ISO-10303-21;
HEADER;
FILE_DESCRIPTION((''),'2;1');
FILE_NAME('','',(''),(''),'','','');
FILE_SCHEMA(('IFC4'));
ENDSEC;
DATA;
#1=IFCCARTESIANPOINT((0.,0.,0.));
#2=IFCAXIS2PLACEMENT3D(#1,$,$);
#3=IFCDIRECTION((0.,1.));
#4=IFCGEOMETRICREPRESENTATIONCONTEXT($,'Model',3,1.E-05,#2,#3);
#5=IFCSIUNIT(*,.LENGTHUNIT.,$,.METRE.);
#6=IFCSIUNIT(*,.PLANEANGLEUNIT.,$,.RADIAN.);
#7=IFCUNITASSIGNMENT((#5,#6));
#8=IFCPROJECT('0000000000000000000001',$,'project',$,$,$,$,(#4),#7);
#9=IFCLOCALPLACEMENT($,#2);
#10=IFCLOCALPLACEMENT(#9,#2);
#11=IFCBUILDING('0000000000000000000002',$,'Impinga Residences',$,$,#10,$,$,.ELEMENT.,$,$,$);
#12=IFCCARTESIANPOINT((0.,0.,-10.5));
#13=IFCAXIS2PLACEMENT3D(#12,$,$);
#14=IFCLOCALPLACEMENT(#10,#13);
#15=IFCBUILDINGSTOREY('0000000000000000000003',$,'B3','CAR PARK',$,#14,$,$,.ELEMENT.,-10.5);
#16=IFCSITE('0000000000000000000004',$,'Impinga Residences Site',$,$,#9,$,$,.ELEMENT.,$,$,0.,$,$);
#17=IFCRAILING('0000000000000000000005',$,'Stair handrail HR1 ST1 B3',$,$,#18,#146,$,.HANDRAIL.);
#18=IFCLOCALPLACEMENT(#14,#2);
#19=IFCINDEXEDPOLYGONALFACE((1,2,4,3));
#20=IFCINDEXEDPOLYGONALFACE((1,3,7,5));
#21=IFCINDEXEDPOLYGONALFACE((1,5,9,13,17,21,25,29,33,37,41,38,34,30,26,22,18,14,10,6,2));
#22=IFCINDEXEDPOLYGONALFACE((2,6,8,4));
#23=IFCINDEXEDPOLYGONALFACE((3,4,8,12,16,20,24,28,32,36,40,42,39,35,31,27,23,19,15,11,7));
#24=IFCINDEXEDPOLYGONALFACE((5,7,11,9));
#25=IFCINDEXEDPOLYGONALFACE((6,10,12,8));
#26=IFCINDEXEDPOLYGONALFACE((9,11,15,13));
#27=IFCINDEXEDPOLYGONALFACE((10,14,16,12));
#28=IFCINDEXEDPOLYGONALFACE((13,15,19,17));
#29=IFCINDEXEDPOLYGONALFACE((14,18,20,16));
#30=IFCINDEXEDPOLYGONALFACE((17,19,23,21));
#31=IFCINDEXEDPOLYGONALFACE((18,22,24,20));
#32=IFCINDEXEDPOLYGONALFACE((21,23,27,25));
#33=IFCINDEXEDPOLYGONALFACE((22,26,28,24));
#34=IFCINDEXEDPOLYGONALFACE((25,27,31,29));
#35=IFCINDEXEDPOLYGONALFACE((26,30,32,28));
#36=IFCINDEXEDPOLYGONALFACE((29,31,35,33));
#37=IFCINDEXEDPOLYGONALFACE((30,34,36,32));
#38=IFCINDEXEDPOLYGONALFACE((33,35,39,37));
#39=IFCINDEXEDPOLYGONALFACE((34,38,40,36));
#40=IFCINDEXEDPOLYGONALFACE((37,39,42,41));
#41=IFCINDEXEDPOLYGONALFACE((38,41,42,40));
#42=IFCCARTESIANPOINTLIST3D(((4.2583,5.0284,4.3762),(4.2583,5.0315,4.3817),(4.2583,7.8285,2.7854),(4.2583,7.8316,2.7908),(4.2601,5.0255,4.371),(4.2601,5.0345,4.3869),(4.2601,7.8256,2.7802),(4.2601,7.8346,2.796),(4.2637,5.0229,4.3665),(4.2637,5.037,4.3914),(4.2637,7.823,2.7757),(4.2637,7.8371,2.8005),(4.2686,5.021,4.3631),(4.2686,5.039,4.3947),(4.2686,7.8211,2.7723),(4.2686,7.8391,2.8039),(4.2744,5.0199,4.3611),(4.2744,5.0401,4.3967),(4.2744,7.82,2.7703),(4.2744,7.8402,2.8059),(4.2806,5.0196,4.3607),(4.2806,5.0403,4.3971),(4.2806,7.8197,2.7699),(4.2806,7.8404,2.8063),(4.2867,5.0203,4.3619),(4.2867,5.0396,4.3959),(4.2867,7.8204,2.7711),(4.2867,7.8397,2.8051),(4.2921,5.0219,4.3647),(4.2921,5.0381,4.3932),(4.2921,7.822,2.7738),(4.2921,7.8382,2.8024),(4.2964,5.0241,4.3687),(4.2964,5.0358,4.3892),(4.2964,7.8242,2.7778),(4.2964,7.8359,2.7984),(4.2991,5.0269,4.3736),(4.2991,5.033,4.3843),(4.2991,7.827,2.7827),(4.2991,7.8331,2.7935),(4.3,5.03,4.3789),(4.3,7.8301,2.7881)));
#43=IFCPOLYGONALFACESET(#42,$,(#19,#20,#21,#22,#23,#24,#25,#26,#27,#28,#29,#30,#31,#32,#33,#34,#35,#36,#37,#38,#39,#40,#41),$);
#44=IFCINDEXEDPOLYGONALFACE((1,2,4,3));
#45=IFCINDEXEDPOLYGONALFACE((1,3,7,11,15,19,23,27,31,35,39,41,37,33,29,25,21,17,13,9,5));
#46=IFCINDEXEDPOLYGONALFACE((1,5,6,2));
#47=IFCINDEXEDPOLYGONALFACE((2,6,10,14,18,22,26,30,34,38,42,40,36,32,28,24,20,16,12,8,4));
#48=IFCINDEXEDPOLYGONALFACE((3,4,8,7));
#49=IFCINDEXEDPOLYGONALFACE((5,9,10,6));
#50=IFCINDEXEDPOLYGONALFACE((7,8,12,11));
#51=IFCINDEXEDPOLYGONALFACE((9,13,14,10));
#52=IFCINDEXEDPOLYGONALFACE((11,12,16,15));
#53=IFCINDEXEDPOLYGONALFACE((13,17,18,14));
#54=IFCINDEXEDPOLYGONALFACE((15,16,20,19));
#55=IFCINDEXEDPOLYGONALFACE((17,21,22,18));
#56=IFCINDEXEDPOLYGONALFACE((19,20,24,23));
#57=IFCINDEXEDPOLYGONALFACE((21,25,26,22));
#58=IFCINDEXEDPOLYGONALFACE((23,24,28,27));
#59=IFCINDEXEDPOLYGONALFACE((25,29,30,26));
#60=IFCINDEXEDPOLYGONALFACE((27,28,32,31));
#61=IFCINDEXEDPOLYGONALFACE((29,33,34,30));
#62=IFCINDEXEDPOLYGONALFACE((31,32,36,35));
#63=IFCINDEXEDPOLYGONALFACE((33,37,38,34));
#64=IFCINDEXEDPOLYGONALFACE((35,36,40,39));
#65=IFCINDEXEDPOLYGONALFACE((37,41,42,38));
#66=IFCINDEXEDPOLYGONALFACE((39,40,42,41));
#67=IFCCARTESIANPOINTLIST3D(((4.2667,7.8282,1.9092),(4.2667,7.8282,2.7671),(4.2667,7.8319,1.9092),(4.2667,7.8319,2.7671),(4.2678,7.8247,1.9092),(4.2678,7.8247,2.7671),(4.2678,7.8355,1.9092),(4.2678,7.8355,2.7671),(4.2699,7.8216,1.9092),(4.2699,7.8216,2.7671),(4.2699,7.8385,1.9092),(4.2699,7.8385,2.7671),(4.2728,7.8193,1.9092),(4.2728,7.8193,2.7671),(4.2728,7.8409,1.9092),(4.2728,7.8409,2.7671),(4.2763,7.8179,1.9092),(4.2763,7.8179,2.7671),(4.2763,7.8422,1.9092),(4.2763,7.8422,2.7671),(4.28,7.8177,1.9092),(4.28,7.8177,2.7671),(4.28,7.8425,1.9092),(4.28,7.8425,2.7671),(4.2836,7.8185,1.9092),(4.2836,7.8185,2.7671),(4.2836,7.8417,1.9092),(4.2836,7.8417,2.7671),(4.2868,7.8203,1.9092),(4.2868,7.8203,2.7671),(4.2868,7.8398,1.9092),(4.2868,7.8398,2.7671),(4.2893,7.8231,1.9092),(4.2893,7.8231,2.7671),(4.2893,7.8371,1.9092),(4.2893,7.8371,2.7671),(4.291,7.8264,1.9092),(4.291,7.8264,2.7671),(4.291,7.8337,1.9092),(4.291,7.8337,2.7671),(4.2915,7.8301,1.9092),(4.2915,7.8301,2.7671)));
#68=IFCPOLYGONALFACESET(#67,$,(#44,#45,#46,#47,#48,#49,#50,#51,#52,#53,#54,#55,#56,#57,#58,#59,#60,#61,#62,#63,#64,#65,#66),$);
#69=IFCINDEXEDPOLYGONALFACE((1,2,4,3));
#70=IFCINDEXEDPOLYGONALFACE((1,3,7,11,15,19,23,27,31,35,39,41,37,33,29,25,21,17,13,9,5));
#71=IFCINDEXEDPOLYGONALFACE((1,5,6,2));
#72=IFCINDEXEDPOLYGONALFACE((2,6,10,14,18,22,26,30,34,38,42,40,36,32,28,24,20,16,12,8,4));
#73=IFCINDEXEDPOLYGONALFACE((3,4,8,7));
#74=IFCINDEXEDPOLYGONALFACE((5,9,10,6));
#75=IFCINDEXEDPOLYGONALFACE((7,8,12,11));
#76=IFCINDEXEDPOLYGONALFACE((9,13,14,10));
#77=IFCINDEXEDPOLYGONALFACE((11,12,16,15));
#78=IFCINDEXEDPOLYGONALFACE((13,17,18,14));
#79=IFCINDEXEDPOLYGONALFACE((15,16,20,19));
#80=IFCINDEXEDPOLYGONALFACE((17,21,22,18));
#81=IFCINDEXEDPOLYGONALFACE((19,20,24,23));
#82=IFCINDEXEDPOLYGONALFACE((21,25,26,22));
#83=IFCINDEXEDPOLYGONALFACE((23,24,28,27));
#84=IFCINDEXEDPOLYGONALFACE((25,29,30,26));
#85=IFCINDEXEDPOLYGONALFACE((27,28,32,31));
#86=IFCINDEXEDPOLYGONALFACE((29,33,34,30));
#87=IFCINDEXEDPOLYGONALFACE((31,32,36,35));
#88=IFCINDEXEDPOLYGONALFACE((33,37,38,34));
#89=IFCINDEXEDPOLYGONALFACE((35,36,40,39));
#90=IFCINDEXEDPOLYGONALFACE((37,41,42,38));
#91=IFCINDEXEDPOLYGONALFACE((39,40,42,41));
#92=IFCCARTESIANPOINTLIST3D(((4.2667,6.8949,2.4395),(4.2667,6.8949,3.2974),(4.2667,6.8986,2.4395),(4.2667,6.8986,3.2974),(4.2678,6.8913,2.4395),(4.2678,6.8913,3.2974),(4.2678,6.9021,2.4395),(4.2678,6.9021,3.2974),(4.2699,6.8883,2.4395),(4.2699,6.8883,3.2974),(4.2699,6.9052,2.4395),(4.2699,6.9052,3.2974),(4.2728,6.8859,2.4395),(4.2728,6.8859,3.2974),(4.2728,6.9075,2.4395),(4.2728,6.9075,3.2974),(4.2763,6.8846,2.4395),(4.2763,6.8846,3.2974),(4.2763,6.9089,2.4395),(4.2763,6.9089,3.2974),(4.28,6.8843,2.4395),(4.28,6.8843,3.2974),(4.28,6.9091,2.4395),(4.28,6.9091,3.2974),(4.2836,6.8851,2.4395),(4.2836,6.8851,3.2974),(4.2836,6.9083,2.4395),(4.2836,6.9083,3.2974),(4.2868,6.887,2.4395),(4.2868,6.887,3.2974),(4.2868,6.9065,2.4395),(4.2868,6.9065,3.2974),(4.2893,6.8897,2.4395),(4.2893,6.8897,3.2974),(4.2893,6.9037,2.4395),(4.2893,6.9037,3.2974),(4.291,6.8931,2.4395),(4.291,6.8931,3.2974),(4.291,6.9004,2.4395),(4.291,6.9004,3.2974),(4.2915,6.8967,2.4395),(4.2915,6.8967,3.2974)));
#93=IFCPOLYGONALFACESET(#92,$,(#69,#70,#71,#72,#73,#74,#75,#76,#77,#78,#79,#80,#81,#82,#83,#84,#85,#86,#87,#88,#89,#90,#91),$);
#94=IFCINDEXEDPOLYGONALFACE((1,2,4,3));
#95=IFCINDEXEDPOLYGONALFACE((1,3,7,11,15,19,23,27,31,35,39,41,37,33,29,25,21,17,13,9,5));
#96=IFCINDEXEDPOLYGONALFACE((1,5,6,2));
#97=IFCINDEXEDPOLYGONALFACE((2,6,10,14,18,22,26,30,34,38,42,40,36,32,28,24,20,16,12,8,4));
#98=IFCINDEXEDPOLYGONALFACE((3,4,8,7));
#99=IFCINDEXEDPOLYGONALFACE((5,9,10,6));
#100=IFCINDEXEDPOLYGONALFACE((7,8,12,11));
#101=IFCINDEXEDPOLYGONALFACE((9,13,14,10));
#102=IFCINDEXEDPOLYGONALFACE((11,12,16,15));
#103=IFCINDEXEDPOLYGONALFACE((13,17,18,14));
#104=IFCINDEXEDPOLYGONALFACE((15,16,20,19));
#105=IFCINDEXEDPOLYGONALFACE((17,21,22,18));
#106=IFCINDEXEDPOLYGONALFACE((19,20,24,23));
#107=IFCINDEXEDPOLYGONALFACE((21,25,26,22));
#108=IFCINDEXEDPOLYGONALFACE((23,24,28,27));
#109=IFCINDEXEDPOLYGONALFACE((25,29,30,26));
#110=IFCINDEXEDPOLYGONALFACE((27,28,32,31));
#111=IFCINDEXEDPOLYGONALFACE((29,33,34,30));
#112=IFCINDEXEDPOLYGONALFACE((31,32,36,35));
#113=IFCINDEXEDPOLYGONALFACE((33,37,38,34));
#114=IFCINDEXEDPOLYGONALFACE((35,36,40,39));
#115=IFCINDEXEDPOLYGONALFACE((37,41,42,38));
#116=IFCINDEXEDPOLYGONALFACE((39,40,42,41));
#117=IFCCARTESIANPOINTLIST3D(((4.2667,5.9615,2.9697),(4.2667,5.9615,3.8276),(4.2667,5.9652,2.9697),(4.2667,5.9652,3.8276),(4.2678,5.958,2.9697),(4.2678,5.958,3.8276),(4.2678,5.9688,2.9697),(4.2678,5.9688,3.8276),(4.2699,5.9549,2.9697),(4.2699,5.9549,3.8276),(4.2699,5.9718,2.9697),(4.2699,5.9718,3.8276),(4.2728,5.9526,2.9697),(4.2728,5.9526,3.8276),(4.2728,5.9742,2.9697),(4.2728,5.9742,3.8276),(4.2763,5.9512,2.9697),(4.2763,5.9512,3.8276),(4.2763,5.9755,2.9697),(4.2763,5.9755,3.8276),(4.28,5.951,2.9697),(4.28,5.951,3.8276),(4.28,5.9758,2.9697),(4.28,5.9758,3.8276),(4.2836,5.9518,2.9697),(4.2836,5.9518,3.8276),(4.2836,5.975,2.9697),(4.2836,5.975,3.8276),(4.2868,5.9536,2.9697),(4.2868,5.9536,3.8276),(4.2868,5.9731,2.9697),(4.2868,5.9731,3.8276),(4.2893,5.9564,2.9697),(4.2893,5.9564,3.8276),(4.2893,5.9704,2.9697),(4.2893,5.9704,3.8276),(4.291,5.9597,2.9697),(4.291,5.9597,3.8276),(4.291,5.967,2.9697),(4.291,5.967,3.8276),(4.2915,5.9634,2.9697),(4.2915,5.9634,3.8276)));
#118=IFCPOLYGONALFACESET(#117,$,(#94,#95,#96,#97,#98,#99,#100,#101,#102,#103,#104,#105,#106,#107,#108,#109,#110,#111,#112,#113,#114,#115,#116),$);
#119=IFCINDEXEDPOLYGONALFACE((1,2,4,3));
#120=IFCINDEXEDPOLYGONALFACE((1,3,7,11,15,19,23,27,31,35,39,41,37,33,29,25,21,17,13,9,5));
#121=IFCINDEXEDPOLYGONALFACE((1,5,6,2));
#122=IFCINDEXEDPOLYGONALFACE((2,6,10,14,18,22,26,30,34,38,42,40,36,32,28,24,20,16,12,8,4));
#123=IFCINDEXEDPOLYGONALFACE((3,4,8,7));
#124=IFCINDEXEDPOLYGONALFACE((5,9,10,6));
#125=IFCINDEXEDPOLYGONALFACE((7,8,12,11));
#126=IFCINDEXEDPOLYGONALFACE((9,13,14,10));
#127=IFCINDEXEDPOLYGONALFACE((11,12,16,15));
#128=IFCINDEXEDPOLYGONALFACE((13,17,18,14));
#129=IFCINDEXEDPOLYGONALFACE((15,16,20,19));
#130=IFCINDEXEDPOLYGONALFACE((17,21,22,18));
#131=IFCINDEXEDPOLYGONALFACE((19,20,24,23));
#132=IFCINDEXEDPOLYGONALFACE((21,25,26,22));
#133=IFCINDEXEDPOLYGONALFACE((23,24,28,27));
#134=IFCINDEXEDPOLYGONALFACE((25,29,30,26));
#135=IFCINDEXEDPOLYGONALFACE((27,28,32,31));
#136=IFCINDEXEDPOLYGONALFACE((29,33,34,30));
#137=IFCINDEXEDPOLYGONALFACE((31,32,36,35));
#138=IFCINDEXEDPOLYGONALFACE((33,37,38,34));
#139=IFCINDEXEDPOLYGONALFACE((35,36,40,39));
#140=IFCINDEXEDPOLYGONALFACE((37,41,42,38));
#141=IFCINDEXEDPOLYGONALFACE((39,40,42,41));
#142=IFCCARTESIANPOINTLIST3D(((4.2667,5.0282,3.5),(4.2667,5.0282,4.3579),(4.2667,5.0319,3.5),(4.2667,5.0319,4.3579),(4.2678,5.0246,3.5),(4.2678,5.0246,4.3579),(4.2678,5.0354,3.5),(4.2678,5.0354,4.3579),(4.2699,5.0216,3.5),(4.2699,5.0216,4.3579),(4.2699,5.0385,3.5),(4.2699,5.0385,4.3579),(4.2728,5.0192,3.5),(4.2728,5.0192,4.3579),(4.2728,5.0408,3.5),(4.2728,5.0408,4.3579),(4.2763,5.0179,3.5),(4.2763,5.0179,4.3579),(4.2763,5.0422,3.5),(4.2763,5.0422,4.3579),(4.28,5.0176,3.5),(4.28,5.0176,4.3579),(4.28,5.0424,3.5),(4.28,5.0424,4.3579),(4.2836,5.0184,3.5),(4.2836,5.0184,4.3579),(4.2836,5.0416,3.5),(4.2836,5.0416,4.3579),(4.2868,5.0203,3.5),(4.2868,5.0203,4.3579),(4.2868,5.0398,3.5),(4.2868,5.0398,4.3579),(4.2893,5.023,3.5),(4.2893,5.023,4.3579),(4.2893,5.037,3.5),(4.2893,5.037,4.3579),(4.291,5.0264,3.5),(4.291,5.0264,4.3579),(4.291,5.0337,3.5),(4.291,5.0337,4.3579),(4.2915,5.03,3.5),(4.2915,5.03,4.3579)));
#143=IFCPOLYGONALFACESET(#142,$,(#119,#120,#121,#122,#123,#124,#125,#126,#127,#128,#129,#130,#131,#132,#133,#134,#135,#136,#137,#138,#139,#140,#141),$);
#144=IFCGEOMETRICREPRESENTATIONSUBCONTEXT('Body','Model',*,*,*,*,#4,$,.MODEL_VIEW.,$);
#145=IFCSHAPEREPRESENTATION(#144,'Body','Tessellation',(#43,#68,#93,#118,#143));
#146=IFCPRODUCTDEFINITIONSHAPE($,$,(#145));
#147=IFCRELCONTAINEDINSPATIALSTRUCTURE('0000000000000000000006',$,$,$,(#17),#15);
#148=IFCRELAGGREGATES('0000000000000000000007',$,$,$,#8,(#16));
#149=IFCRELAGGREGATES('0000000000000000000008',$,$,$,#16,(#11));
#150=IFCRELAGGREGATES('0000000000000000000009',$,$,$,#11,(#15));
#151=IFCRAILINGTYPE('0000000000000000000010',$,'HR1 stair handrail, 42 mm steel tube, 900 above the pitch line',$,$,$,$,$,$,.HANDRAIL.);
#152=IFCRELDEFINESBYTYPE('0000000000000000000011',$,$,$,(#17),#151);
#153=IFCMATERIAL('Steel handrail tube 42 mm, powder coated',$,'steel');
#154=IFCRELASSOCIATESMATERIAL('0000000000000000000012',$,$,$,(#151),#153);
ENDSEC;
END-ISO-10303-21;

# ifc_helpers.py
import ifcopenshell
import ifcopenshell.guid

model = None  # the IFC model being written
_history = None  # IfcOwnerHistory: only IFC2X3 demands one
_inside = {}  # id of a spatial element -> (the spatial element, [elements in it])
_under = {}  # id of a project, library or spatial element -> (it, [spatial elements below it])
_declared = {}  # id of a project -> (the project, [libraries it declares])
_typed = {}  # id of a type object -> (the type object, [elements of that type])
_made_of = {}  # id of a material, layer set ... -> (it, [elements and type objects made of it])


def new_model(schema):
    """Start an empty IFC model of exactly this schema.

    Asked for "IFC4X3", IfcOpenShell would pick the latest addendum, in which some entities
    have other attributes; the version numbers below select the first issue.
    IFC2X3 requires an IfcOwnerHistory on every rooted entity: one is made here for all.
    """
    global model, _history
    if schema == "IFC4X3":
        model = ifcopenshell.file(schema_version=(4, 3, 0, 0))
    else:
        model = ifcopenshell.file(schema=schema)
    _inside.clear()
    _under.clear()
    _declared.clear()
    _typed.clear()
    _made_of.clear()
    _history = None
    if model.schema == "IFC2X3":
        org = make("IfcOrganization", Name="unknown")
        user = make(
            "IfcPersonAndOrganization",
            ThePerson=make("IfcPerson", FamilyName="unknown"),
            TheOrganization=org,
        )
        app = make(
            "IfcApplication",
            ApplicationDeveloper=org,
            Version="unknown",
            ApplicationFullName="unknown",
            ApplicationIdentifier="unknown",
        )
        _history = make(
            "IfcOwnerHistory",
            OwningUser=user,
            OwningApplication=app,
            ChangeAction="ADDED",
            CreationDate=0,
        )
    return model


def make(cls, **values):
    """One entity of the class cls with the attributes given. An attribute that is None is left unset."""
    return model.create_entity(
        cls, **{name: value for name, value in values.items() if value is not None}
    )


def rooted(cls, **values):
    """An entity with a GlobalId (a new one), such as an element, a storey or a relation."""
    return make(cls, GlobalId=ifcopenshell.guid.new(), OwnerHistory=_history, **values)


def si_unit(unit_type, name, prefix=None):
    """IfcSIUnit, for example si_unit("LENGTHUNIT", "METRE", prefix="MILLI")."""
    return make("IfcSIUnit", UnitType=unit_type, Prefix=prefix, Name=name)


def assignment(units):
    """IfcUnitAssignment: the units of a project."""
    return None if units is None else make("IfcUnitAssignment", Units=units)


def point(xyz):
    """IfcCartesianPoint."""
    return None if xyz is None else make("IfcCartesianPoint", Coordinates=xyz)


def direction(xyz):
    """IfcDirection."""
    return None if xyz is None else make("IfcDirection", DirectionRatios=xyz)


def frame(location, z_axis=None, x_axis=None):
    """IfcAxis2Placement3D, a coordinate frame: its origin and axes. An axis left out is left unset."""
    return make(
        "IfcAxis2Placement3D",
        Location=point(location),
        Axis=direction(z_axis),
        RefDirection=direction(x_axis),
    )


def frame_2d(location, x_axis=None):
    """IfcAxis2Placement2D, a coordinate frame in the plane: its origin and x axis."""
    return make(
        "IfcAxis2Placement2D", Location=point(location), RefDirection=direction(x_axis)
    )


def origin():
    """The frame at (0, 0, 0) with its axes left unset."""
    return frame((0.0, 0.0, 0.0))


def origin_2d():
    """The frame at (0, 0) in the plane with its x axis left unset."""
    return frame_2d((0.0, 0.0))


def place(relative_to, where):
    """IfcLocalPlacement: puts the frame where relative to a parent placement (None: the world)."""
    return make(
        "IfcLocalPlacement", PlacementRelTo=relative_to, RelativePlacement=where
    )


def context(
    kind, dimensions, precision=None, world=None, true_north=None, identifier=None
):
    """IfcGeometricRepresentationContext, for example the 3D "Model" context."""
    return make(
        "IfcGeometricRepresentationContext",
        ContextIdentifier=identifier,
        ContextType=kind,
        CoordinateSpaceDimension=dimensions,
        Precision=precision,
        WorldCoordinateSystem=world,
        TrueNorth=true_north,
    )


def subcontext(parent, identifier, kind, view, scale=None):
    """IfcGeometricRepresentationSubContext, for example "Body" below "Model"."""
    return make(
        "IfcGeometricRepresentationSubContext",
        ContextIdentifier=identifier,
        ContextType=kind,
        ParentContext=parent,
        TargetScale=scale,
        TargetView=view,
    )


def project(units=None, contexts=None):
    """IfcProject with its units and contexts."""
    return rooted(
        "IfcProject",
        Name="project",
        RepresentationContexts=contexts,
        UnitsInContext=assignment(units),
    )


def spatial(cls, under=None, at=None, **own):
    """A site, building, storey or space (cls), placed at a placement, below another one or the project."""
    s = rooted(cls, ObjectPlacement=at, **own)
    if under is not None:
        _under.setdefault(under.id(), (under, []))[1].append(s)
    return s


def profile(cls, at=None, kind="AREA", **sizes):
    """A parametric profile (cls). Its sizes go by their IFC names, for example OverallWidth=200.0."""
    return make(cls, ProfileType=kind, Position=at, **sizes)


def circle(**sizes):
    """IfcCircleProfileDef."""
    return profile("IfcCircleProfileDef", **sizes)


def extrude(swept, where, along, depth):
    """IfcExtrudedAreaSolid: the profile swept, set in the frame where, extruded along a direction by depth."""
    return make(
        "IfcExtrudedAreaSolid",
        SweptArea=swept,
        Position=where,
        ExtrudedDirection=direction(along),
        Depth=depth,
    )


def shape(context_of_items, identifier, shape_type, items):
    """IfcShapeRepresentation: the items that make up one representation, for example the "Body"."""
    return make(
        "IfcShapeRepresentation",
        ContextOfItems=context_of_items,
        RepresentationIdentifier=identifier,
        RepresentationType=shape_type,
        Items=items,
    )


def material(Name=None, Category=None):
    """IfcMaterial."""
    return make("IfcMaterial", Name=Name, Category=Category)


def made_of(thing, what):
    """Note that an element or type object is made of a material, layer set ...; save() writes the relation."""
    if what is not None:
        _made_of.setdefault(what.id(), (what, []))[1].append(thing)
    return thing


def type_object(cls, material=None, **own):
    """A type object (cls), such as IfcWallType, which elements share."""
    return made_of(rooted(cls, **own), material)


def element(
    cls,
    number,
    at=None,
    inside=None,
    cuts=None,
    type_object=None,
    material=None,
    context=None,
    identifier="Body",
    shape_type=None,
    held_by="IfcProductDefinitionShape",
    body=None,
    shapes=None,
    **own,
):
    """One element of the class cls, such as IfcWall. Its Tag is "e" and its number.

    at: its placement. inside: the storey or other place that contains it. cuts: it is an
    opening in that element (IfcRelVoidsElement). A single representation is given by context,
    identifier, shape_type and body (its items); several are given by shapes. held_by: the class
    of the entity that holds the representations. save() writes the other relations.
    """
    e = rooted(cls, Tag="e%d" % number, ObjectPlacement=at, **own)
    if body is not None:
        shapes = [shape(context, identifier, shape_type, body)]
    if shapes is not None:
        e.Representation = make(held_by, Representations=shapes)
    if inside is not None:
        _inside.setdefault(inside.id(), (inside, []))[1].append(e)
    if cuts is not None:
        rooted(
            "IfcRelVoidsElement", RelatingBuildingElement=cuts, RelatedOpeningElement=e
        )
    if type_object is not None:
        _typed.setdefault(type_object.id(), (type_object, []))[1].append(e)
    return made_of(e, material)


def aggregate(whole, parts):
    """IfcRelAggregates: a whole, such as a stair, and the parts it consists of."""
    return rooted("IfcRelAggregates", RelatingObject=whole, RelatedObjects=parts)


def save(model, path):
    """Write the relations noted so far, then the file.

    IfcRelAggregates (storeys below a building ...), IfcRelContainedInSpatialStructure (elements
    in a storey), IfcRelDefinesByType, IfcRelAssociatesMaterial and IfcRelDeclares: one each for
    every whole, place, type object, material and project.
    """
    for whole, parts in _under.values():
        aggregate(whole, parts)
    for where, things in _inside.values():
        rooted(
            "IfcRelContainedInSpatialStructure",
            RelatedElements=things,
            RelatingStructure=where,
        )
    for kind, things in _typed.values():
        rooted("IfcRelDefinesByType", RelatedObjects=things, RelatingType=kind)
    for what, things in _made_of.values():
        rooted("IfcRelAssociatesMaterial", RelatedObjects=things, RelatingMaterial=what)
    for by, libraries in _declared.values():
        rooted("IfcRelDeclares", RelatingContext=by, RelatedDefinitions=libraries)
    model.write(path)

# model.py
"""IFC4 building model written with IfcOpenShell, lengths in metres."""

from ifc_helpers import new_model, si_unit, direction, frame, origin, origin_2d, place, context, subcontext, project, spatial, circle, extrude, material, type_object, element, save


model = new_model("IFC4")

# Units and contexts
model_context = context("Model", 3, precision=1e-05, world=origin(), true_north=direction((0.0, 1.0)))
body_context = subcontext(model_context, "Body", "Model", "MODEL_VIEW")
ifc_project = project(units=[si_unit("LENGTHUNIT", "METRE"), si_unit("PLANEANGLEUNIT", "RADIAN")], contexts=[model_context])

# Site, building, storey
site_placement = place(None, origin())
site = spatial("IfcSite", under=ifc_project, at=site_placement, Name="Impinga Residences Site", CompositionType="ELEMENT", RefElevation=0.0)
building_placement = place(site_placement, origin())
building = spatial("IfcBuilding", under=site, at=building_placement, Name="Impinga Residences", CompositionType="ELEMENT")
storey_placement = place(building_placement, frame((0.0, 0.0, -10.5)))
storey = spatial("IfcBuildingStorey", under=building, at=storey_placement, Name="B3", Description="CAR PARK", CompositionType="ELEMENT", Elevation=-10.5)

# Railing
ifc_material_1 = material(Name="Steel handrail tube 42 mm, powder coated", Category="steel")
railing_type_1 = type_object("IfcRailingType", Name="HR1 stair handrail, 42 mm steel tube, 900 above the pitch line", PredefinedType="HANDRAIL", material=ifc_material_1)
railing_1_placement = place(storey_placement, frame((4.2791, 7.8301, 1.9092)))
element("IfcRailing", 1, at=railing_1_placement, inside=storey, type_object=railing_type_1, Name="Stair handrail HR1 ST1 B3", PredefinedType="HANDRAIL", context=body_context, shape_type="SweptSolid", body=[
    extrude(circle(Radius=0.021, at=origin_2d()), frame((0.0, 0.0, 0.8789), z_axis=(0.0, -0.869472, 0.493982), x_axis=(1.0, 0.0, 0.0)), (0.0, 0.0, 1.0), 3.2205),
    extrude(circle(Radius=0.0125, at=origin_2d()), origin(), (0.0, 0.0, 1.0), 0.8579),
    extrude(circle(Radius=0.0125, at=origin_2d()), frame((0.0, -0.9333, 0.5303)), (0.0, 0.0, 1.0), 0.8579),
    extrude(circle(Radius=0.0125, at=origin_2d()), frame((0.0, -1.8667, 1.0605)), (0.0, 0.0, 1.0), 0.8579),
    extrude(circle(Radius=0.0125, at=origin_2d()), frame((0.0, -2.8, 1.5908)), (0.0, 0.0, 1.0), 0.8579),
])

save(model, "model.ifc")
